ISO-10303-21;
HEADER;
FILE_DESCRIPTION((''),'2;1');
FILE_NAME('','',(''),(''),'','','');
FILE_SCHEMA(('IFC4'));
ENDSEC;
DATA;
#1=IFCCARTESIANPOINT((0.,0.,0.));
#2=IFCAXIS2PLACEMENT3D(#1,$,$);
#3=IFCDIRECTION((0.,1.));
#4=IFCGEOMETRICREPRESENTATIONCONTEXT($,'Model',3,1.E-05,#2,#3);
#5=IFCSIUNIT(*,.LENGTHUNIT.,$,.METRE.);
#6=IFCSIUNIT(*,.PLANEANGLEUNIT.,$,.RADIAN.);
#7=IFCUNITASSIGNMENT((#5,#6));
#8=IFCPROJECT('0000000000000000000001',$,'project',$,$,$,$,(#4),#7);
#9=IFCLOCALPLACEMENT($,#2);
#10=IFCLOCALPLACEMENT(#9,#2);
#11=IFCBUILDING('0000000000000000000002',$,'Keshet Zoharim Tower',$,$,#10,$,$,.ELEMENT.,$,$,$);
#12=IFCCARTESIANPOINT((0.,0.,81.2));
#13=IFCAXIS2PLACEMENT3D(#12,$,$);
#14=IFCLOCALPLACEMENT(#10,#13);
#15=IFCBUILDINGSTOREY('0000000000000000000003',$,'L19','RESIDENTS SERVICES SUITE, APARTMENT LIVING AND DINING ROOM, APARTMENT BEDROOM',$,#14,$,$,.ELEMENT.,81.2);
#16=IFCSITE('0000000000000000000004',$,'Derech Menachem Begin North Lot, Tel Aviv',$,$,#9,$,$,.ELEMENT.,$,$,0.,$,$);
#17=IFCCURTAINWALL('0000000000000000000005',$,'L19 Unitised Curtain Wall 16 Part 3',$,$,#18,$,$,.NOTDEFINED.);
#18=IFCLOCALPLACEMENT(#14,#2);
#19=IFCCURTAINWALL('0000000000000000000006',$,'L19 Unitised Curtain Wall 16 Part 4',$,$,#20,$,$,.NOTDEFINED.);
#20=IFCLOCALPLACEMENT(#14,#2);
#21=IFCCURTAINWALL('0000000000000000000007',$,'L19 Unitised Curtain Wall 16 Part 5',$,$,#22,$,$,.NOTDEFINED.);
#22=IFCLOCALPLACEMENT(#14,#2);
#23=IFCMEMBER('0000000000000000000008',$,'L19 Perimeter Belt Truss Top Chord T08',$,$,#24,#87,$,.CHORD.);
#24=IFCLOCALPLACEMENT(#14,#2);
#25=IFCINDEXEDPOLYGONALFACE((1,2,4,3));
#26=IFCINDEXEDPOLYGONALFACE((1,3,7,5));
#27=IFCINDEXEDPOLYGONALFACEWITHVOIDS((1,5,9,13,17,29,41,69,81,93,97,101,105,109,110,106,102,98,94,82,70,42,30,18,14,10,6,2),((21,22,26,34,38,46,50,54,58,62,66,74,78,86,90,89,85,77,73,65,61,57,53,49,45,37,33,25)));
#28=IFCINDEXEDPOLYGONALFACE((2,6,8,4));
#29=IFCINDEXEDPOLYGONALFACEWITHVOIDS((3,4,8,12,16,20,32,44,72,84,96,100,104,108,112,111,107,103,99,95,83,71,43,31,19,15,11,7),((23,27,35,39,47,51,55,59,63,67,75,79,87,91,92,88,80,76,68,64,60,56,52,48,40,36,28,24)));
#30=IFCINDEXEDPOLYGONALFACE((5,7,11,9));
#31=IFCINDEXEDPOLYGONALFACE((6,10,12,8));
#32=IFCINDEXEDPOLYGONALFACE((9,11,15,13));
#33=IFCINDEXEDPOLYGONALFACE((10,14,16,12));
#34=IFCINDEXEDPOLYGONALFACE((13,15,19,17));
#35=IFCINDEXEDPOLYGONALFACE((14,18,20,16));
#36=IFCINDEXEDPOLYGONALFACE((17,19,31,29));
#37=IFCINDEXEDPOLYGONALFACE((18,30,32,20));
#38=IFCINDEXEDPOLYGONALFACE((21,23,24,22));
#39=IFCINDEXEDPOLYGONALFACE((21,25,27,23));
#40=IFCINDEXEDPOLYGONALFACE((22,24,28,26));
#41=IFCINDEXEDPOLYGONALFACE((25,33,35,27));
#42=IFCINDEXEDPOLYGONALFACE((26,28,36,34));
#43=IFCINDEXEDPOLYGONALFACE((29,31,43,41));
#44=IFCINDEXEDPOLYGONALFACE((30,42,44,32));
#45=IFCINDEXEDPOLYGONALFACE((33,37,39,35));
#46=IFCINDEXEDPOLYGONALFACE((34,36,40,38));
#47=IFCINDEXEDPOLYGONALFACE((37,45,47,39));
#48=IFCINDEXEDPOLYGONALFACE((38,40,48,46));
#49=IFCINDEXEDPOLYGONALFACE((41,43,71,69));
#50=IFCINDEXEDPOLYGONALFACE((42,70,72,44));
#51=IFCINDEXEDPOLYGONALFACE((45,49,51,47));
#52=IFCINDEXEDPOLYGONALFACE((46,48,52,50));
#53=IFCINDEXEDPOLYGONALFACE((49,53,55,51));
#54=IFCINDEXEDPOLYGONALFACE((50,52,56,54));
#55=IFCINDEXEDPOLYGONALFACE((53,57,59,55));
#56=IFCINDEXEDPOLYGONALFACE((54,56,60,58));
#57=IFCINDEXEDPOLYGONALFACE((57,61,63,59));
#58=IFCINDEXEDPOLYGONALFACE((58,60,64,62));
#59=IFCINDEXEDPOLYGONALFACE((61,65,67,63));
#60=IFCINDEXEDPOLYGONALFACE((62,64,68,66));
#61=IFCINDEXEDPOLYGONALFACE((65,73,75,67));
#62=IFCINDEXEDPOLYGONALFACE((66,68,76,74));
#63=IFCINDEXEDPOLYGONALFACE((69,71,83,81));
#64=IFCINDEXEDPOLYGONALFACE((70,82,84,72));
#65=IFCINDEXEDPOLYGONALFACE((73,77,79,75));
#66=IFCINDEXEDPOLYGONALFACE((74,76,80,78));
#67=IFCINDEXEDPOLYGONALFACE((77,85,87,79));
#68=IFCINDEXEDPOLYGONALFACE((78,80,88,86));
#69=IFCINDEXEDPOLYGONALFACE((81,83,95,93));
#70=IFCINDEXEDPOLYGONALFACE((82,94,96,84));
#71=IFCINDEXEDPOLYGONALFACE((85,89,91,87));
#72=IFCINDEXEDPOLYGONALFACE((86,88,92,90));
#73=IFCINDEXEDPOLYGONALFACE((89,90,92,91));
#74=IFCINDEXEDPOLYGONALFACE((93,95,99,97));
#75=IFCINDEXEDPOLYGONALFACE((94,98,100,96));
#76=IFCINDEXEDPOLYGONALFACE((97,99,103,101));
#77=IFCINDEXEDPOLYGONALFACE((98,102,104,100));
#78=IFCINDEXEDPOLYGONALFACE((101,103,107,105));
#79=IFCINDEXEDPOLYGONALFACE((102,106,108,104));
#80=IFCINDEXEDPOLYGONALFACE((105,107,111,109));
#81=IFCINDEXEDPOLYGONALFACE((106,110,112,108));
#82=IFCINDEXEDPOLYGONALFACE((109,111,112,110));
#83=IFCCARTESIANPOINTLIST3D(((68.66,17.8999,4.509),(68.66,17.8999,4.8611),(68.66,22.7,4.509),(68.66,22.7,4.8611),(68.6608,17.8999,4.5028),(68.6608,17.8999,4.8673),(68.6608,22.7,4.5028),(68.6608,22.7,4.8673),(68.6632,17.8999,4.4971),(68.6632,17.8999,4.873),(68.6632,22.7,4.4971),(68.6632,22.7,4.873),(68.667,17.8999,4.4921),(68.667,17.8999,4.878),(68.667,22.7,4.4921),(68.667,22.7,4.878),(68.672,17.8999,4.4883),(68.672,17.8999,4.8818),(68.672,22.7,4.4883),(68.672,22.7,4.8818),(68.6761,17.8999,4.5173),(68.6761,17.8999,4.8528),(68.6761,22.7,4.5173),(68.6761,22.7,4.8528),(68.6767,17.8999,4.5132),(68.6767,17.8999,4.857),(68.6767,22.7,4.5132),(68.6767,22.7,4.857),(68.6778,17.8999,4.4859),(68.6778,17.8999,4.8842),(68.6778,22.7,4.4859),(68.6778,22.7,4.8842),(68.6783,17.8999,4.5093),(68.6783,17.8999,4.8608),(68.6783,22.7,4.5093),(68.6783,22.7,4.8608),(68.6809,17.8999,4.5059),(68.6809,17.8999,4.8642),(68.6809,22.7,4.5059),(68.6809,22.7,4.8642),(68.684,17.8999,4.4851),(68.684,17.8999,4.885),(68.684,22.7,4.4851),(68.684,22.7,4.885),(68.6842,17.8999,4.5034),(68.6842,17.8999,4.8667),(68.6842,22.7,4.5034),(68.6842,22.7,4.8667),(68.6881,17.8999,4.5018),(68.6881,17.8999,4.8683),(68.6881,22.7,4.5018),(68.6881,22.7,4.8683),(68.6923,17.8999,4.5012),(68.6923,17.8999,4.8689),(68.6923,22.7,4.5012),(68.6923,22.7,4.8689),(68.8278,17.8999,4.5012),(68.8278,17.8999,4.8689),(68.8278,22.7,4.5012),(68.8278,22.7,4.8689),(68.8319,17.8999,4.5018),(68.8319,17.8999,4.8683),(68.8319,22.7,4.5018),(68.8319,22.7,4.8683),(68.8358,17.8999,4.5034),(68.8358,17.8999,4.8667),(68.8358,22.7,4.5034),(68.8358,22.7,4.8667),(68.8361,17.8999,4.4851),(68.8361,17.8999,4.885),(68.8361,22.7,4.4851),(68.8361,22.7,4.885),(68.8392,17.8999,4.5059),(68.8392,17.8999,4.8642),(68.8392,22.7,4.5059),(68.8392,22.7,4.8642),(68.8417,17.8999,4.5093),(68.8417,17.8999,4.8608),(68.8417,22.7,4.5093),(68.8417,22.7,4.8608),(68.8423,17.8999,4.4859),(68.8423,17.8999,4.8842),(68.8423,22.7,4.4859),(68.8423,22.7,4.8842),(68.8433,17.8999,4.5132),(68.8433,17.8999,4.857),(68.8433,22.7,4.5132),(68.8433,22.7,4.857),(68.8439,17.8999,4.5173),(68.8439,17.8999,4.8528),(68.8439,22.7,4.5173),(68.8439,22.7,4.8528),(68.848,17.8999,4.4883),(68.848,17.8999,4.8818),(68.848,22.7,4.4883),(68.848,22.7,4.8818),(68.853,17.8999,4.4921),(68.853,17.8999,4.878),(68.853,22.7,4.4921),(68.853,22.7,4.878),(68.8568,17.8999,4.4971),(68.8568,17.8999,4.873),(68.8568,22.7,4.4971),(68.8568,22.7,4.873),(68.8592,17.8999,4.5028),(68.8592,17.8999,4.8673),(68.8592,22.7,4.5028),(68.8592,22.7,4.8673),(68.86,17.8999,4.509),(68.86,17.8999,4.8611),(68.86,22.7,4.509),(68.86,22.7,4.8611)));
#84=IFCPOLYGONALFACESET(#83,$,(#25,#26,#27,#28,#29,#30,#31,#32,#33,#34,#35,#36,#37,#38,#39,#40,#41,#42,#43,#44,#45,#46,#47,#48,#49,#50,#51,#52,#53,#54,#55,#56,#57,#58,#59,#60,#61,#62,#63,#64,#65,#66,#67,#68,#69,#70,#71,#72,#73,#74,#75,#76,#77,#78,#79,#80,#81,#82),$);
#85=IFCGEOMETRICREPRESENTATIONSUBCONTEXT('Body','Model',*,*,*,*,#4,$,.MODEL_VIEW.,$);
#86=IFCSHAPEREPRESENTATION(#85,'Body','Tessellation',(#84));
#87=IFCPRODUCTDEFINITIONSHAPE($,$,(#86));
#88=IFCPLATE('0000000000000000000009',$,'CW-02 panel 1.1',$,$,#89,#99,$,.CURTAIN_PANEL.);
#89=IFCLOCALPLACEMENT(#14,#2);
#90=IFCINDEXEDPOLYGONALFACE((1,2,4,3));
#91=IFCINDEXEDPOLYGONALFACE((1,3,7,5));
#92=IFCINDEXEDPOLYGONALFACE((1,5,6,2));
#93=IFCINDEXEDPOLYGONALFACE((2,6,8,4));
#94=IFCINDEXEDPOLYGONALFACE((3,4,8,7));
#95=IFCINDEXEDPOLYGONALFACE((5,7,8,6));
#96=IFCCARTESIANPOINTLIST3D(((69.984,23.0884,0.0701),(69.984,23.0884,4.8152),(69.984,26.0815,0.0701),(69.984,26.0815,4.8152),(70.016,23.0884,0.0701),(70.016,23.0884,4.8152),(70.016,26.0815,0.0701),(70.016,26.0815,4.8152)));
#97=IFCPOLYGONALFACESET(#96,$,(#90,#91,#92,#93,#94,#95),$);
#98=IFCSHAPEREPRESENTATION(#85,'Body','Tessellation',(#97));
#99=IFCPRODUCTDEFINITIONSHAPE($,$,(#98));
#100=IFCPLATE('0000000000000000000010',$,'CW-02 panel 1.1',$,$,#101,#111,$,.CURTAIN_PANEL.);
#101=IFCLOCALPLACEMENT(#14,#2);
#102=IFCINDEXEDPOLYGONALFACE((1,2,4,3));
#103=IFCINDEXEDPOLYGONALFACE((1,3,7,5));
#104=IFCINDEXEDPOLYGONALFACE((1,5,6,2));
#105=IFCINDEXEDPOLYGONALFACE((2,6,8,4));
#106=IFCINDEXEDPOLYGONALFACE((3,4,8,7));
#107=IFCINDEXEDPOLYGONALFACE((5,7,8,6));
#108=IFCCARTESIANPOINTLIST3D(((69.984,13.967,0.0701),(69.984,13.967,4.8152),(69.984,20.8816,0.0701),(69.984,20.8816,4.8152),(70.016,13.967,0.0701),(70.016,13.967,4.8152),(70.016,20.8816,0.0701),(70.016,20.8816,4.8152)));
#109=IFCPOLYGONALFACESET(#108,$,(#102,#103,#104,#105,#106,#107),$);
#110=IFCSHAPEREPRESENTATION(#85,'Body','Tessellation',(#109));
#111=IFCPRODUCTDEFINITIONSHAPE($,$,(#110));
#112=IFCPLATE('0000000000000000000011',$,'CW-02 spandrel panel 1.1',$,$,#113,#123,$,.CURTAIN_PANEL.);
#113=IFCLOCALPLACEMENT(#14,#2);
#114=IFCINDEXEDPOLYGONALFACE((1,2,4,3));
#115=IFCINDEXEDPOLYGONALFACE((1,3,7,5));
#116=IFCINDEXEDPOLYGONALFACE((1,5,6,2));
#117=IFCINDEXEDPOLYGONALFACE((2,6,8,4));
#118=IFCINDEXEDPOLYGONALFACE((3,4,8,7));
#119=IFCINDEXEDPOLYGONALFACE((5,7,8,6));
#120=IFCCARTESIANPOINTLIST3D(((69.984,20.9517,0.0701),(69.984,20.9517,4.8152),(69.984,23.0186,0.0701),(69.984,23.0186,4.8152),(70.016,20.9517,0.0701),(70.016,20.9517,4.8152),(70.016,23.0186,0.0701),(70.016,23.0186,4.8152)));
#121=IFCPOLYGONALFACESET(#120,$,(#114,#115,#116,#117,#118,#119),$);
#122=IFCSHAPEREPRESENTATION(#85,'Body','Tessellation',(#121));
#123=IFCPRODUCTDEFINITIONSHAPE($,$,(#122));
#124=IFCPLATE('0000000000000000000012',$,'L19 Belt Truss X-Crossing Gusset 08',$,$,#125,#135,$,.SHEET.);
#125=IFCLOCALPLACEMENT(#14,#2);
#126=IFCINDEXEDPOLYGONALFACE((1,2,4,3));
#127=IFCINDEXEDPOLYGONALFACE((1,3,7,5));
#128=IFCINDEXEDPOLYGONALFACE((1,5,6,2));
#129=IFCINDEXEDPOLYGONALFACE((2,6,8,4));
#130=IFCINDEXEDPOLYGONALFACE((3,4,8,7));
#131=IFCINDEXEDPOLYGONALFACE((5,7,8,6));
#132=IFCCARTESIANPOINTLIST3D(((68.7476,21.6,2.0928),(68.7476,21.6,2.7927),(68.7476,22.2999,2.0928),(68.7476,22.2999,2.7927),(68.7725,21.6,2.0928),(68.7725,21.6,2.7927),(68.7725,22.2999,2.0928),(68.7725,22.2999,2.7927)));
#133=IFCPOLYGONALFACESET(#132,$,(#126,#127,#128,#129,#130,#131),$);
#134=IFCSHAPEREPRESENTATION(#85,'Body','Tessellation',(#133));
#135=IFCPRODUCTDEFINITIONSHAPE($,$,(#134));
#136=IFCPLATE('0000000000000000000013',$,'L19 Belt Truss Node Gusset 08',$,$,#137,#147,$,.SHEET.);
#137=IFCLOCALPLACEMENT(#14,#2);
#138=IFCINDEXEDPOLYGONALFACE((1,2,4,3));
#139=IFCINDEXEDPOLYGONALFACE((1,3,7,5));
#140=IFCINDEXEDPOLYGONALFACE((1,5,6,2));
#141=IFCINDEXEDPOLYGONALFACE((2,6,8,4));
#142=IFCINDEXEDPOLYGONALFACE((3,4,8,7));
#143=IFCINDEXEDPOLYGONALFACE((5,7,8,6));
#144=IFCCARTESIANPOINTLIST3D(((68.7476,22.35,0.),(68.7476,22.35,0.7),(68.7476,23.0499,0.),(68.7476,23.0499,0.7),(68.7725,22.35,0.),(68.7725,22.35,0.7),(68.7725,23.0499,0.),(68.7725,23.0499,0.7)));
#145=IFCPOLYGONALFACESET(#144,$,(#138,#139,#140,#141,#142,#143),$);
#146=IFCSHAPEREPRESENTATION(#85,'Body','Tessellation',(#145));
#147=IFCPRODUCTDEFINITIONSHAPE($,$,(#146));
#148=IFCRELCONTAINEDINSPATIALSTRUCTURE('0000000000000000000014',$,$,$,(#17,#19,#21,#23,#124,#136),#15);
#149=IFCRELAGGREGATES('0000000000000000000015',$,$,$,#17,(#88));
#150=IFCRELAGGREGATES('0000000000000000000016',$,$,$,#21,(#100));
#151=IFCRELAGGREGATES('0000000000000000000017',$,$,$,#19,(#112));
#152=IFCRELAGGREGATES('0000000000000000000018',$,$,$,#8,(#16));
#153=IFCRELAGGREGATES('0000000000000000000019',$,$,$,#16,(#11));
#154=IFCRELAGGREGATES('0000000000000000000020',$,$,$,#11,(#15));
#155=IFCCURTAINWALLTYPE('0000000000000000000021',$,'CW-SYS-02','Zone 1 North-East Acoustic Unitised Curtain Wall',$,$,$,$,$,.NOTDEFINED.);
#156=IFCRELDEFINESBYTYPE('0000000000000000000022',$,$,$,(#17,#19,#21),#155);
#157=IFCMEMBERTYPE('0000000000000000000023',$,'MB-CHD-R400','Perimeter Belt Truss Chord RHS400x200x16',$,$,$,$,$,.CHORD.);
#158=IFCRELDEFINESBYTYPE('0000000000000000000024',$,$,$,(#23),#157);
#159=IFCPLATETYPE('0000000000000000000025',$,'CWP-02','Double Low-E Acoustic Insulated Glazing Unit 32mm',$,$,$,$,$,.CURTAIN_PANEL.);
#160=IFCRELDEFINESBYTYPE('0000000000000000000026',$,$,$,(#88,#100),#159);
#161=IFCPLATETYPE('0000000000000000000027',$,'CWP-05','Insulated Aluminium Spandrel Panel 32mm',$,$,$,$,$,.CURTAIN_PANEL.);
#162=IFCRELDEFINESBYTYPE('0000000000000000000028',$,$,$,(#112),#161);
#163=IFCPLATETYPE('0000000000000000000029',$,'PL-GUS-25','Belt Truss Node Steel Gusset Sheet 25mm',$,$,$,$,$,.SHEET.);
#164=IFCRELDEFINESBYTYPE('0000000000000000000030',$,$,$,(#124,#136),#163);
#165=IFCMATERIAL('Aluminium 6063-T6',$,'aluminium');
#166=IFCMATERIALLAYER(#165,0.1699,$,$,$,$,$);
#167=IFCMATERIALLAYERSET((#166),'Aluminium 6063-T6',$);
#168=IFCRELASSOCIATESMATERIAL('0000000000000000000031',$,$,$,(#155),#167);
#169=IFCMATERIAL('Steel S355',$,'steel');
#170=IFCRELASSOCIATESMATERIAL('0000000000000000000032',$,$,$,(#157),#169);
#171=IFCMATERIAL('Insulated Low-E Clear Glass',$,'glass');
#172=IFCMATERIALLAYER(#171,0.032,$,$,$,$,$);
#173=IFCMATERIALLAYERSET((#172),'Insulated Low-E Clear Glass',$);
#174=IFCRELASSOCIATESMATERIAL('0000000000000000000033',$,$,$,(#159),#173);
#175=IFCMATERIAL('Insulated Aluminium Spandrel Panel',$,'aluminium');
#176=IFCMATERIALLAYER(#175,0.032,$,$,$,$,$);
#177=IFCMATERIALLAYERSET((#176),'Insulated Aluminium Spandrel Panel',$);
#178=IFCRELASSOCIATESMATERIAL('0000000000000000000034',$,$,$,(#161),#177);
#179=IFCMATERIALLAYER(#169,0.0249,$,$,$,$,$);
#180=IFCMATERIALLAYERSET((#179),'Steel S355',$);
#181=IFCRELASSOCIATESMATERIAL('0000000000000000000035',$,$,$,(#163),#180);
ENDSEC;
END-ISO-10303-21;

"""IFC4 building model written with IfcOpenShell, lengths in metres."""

from ifc_helpers import new_model, si_unit, direction, frame, origin, origin_2d, place, context, subcontext, project, spatial, rectangle, hollow_rectangle, extrude, material, layer, layer_set, material_profile, profile_set, type_object, element, aggregate, save


model = new_model("IFC4")

# Units and contexts
model_context = context("Model", 3, precision=1e-05, world=origin(), true_north=direction((0.0, 1.0)))
body_context = subcontext(model_context, "Body", "Model", "MODEL_VIEW")
ifc_project = project(units=[si_unit("LENGTHUNIT", "METRE"), si_unit("PLANEANGLEUNIT", "RADIAN")], contexts=[model_context])

# Site, building, storey
site_placement = place(None, origin())
site = spatial("IfcSite", under=ifc_project, at=site_placement, Name="Derech Menachem Begin North Lot, Tel Aviv", CompositionType="ELEMENT", RefElevation=0.0)
building_placement = place(site_placement, origin())
building = spatial("IfcBuilding", under=site, at=building_placement, Name="Keshet Zoharim Tower", CompositionType="ELEMENT")
storey_placement = place(building_placement, frame((0.0, 0.0, 81.2)))
storey = spatial("IfcBuildingStorey", under=building, at=storey_placement, Name="L19", Description="RESIDENTS SERVICES SUITE, APARTMENT LIVING AND DINING ROOM, APARTMENT BEDROOM", CompositionType="ELEMENT", Elevation=81.2)

# Shared definitions
ifc_material_1 = material(Name="Steel S355", Category="steel")

# Curtain walls
ifc_material_2 = material(Name="Aluminium 6063-T6", Category="aluminium")
ifc_layer_1 = layer(ifc_material_2, 0.1699)
ifc_layer_set_1 = layer_set([ifc_layer_1], Name="Aluminium 6063-T6")
curtain_wall_type = type_object("IfcCurtainWallType", Name="CW-SYS-02", Description="Zone 1 North-East Acoustic Unitised Curtain Wall", PredefinedType="NOTDEFINED", material=ifc_layer_set_1)
curtain_wall_1_placement = place(storey_placement, origin())
curtain_wall_1 = element("IfcCurtainWall", 1, at=curtain_wall_1_placement, inside=storey, type_object=curtain_wall_type, Name="L19 Unitised Curtain Wall 16 Part 3", PredefinedType="NOTDEFINED")
curtain_wall_2_placement = place(storey_placement, origin())
curtain_wall_2 = element("IfcCurtainWall", 2, at=curtain_wall_2_placement, inside=storey, type_object=curtain_wall_type, Name="L19 Unitised Curtain Wall 16 Part 4", PredefinedType="NOTDEFINED")

# Curtain wall
curtain_wall_3_placement = place(storey_placement, origin())
curtain_wall_3 = element("IfcCurtainWall", 3, at=curtain_wall_3_placement, inside=storey, type_object=curtain_wall_type, Name="L19 Unitised Curtain Wall 16 Part 5", PredefinedType="NOTDEFINED")

# Member
ifc_material_profile_1 = material_profile(ifc_material_1, hollow_rectangle(XDim=0.2, YDim=0.3999, WallThickness=0.0161, InnerFilletRadius=0.0161, OuterFilletRadius=0.0239, at=origin_2d()), Name="RHS400x200x16")
ifc_profile_set_1 = profile_set([ifc_material_profile_1], Name="Steel S355")
member_type_1 = type_object("IfcMemberType", Name="MB-CHD-R400", Description="Perimeter Belt Truss Chord RHS400x200x16", PredefinedType="CHORD", material=ifc_profile_set_1)
for number, where, z_axis, x_axis, name in (
    (4, (68.76, 22.7, 4.6851), (0.0, -1.0, 0.0), (1.0, 0.0, 0.0), "L19 Perimeter Belt Truss Top Chord T08"),
):
    element("IfcMember", number, at=place(storey_placement, frame(where, z_axis=z_axis, x_axis=x_axis)), inside=storey, type_object=member_type_1, Name=name, PredefinedType="CHORD", context=body_context, shape_type="SweptSolid", body=[
        extrude(hollow_rectangle(XDim=0.2, YDim=0.3999, WallThickness=0.0161, InnerFilletRadius=0.0161, OuterFilletRadius=0.0239, at=origin_2d()), origin(), (0.0, 0.0, 1.0), 4.8),
    ])

# Plates
ifc_material_3 = material(Name="Insulated Low-E Clear Glass", Category="glass")
ifc_layer_2 = layer(ifc_material_3, 0.032)
ifc_layer_set_2 = layer_set([ifc_layer_2], Name="Insulated Low-E Clear Glass")
plate_type_1 = type_object("IfcPlateType", Name="CWP-02", Description="Double Low-E Acoustic Insulated Glazing Unit 32mm", PredefinedType="CURTAIN_PANEL", material=ifc_layer_set_2)
plate_1_placement = place(storey_placement, frame((70.0, 24.585, 0.0701), z_axis=(0.0, 0.0, 1.0), x_axis=(0.0, -1.0, 0.0)))
plate_1 = element("IfcPlate", 5, at=plate_1_placement, type_object=plate_type_1, Name="CW-02 panel 1.1", PredefinedType="CURTAIN_PANEL", context=body_context, shape_type="SweptSolid", body=[
    extrude(rectangle(XDim=2.9932, YDim=0.032, at=origin_2d()), origin(), (0.0, 0.0, 1.0), 4.7451),
])
aggregate(curtain_wall_1, [plate_1])
plate_2_placement = place(storey_placement, frame((70.0, 17.4243, 0.0701), z_axis=(0.0, 0.0, 1.0), x_axis=(0.0, -1.0, 0.0)))
plate_2 = element("IfcPlate", 6, at=plate_2_placement, type_object=plate_type_1, Name="CW-02 panel 1.1", PredefinedType="CURTAIN_PANEL", context=body_context, shape_type="SweptSolid", body=[
    extrude(rectangle(XDim=6.9146, YDim=0.032, at=origin_2d()), origin(), (0.0, 0.0, 1.0), 4.7451),
])
aggregate(curtain_wall_3, [plate_2])
ifc_material_4 = material(Name="Insulated Aluminium Spandrel Panel", Category="aluminium")
ifc_layer_3 = layer(ifc_material_4, 0.032)
ifc_layer_set_3 = layer_set([ifc_layer_3], Name="Insulated Aluminium Spandrel Panel")
plate_type_2 = type_object("IfcPlateType", Name="CWP-05", Description="Insulated Aluminium Spandrel Panel 32mm", PredefinedType="CURTAIN_PANEL", material=ifc_layer_set_3)
plate_3_placement = place(storey_placement, frame((70.0, 21.9851, 0.0701), z_axis=(0.0, 0.0, 1.0), x_axis=(0.0, -1.0, 0.0)))
plate_3 = element("IfcPlate", 7, at=plate_3_placement, type_object=plate_type_2, Name="CW-02 spandrel panel 1.1", PredefinedType="CURTAIN_PANEL", context=body_context, shape_type="SweptSolid", body=[
    extrude(rectangle(XDim=2.0669, YDim=0.032, at=origin_2d()), origin(), (0.0, 0.0, 1.0), 4.7451),
])
aggregate(curtain_wall_2, [plate_3])

# Plates
ifc_layer_4 = layer(ifc_material_1, 0.0249)
ifc_layer_set_4 = layer_set([ifc_layer_4], Name="Steel S355")
plate_type_3 = type_object("IfcPlateType", Name="PL-GUS-25", Description="Belt Truss Node Steel Gusset Sheet 25mm", PredefinedType="SHEET", material=ifc_layer_set_4)
for number, where, z_axis, x_axis, name in (
    (8, (68.76, 21.95, 2.0928), (0.0, 0.0, 1.0), (0.0, -1.0, 0.0), "L19 Belt Truss X-Crossing Gusset 08"),
    (9, (68.76, 22.7, 0.0), (0.0, 0.0, 1.0), (0.0, -1.0, 0.0), "L19 Belt Truss Node Gusset 08"),
):
    element("IfcPlate", number, at=place(storey_placement, frame(where, z_axis=z_axis, x_axis=x_axis)), inside=storey, type_object=plate_type_3, Name=name, PredefinedType="SHEET", context=body_context, shape_type="SweptSolid", body=[
        extrude(rectangle(XDim=0.7, YDim=0.0249, at=origin_2d()), origin(), (0.0, 0.0, 1.0), 0.7),
    ])

save(model, "model.ifc")
